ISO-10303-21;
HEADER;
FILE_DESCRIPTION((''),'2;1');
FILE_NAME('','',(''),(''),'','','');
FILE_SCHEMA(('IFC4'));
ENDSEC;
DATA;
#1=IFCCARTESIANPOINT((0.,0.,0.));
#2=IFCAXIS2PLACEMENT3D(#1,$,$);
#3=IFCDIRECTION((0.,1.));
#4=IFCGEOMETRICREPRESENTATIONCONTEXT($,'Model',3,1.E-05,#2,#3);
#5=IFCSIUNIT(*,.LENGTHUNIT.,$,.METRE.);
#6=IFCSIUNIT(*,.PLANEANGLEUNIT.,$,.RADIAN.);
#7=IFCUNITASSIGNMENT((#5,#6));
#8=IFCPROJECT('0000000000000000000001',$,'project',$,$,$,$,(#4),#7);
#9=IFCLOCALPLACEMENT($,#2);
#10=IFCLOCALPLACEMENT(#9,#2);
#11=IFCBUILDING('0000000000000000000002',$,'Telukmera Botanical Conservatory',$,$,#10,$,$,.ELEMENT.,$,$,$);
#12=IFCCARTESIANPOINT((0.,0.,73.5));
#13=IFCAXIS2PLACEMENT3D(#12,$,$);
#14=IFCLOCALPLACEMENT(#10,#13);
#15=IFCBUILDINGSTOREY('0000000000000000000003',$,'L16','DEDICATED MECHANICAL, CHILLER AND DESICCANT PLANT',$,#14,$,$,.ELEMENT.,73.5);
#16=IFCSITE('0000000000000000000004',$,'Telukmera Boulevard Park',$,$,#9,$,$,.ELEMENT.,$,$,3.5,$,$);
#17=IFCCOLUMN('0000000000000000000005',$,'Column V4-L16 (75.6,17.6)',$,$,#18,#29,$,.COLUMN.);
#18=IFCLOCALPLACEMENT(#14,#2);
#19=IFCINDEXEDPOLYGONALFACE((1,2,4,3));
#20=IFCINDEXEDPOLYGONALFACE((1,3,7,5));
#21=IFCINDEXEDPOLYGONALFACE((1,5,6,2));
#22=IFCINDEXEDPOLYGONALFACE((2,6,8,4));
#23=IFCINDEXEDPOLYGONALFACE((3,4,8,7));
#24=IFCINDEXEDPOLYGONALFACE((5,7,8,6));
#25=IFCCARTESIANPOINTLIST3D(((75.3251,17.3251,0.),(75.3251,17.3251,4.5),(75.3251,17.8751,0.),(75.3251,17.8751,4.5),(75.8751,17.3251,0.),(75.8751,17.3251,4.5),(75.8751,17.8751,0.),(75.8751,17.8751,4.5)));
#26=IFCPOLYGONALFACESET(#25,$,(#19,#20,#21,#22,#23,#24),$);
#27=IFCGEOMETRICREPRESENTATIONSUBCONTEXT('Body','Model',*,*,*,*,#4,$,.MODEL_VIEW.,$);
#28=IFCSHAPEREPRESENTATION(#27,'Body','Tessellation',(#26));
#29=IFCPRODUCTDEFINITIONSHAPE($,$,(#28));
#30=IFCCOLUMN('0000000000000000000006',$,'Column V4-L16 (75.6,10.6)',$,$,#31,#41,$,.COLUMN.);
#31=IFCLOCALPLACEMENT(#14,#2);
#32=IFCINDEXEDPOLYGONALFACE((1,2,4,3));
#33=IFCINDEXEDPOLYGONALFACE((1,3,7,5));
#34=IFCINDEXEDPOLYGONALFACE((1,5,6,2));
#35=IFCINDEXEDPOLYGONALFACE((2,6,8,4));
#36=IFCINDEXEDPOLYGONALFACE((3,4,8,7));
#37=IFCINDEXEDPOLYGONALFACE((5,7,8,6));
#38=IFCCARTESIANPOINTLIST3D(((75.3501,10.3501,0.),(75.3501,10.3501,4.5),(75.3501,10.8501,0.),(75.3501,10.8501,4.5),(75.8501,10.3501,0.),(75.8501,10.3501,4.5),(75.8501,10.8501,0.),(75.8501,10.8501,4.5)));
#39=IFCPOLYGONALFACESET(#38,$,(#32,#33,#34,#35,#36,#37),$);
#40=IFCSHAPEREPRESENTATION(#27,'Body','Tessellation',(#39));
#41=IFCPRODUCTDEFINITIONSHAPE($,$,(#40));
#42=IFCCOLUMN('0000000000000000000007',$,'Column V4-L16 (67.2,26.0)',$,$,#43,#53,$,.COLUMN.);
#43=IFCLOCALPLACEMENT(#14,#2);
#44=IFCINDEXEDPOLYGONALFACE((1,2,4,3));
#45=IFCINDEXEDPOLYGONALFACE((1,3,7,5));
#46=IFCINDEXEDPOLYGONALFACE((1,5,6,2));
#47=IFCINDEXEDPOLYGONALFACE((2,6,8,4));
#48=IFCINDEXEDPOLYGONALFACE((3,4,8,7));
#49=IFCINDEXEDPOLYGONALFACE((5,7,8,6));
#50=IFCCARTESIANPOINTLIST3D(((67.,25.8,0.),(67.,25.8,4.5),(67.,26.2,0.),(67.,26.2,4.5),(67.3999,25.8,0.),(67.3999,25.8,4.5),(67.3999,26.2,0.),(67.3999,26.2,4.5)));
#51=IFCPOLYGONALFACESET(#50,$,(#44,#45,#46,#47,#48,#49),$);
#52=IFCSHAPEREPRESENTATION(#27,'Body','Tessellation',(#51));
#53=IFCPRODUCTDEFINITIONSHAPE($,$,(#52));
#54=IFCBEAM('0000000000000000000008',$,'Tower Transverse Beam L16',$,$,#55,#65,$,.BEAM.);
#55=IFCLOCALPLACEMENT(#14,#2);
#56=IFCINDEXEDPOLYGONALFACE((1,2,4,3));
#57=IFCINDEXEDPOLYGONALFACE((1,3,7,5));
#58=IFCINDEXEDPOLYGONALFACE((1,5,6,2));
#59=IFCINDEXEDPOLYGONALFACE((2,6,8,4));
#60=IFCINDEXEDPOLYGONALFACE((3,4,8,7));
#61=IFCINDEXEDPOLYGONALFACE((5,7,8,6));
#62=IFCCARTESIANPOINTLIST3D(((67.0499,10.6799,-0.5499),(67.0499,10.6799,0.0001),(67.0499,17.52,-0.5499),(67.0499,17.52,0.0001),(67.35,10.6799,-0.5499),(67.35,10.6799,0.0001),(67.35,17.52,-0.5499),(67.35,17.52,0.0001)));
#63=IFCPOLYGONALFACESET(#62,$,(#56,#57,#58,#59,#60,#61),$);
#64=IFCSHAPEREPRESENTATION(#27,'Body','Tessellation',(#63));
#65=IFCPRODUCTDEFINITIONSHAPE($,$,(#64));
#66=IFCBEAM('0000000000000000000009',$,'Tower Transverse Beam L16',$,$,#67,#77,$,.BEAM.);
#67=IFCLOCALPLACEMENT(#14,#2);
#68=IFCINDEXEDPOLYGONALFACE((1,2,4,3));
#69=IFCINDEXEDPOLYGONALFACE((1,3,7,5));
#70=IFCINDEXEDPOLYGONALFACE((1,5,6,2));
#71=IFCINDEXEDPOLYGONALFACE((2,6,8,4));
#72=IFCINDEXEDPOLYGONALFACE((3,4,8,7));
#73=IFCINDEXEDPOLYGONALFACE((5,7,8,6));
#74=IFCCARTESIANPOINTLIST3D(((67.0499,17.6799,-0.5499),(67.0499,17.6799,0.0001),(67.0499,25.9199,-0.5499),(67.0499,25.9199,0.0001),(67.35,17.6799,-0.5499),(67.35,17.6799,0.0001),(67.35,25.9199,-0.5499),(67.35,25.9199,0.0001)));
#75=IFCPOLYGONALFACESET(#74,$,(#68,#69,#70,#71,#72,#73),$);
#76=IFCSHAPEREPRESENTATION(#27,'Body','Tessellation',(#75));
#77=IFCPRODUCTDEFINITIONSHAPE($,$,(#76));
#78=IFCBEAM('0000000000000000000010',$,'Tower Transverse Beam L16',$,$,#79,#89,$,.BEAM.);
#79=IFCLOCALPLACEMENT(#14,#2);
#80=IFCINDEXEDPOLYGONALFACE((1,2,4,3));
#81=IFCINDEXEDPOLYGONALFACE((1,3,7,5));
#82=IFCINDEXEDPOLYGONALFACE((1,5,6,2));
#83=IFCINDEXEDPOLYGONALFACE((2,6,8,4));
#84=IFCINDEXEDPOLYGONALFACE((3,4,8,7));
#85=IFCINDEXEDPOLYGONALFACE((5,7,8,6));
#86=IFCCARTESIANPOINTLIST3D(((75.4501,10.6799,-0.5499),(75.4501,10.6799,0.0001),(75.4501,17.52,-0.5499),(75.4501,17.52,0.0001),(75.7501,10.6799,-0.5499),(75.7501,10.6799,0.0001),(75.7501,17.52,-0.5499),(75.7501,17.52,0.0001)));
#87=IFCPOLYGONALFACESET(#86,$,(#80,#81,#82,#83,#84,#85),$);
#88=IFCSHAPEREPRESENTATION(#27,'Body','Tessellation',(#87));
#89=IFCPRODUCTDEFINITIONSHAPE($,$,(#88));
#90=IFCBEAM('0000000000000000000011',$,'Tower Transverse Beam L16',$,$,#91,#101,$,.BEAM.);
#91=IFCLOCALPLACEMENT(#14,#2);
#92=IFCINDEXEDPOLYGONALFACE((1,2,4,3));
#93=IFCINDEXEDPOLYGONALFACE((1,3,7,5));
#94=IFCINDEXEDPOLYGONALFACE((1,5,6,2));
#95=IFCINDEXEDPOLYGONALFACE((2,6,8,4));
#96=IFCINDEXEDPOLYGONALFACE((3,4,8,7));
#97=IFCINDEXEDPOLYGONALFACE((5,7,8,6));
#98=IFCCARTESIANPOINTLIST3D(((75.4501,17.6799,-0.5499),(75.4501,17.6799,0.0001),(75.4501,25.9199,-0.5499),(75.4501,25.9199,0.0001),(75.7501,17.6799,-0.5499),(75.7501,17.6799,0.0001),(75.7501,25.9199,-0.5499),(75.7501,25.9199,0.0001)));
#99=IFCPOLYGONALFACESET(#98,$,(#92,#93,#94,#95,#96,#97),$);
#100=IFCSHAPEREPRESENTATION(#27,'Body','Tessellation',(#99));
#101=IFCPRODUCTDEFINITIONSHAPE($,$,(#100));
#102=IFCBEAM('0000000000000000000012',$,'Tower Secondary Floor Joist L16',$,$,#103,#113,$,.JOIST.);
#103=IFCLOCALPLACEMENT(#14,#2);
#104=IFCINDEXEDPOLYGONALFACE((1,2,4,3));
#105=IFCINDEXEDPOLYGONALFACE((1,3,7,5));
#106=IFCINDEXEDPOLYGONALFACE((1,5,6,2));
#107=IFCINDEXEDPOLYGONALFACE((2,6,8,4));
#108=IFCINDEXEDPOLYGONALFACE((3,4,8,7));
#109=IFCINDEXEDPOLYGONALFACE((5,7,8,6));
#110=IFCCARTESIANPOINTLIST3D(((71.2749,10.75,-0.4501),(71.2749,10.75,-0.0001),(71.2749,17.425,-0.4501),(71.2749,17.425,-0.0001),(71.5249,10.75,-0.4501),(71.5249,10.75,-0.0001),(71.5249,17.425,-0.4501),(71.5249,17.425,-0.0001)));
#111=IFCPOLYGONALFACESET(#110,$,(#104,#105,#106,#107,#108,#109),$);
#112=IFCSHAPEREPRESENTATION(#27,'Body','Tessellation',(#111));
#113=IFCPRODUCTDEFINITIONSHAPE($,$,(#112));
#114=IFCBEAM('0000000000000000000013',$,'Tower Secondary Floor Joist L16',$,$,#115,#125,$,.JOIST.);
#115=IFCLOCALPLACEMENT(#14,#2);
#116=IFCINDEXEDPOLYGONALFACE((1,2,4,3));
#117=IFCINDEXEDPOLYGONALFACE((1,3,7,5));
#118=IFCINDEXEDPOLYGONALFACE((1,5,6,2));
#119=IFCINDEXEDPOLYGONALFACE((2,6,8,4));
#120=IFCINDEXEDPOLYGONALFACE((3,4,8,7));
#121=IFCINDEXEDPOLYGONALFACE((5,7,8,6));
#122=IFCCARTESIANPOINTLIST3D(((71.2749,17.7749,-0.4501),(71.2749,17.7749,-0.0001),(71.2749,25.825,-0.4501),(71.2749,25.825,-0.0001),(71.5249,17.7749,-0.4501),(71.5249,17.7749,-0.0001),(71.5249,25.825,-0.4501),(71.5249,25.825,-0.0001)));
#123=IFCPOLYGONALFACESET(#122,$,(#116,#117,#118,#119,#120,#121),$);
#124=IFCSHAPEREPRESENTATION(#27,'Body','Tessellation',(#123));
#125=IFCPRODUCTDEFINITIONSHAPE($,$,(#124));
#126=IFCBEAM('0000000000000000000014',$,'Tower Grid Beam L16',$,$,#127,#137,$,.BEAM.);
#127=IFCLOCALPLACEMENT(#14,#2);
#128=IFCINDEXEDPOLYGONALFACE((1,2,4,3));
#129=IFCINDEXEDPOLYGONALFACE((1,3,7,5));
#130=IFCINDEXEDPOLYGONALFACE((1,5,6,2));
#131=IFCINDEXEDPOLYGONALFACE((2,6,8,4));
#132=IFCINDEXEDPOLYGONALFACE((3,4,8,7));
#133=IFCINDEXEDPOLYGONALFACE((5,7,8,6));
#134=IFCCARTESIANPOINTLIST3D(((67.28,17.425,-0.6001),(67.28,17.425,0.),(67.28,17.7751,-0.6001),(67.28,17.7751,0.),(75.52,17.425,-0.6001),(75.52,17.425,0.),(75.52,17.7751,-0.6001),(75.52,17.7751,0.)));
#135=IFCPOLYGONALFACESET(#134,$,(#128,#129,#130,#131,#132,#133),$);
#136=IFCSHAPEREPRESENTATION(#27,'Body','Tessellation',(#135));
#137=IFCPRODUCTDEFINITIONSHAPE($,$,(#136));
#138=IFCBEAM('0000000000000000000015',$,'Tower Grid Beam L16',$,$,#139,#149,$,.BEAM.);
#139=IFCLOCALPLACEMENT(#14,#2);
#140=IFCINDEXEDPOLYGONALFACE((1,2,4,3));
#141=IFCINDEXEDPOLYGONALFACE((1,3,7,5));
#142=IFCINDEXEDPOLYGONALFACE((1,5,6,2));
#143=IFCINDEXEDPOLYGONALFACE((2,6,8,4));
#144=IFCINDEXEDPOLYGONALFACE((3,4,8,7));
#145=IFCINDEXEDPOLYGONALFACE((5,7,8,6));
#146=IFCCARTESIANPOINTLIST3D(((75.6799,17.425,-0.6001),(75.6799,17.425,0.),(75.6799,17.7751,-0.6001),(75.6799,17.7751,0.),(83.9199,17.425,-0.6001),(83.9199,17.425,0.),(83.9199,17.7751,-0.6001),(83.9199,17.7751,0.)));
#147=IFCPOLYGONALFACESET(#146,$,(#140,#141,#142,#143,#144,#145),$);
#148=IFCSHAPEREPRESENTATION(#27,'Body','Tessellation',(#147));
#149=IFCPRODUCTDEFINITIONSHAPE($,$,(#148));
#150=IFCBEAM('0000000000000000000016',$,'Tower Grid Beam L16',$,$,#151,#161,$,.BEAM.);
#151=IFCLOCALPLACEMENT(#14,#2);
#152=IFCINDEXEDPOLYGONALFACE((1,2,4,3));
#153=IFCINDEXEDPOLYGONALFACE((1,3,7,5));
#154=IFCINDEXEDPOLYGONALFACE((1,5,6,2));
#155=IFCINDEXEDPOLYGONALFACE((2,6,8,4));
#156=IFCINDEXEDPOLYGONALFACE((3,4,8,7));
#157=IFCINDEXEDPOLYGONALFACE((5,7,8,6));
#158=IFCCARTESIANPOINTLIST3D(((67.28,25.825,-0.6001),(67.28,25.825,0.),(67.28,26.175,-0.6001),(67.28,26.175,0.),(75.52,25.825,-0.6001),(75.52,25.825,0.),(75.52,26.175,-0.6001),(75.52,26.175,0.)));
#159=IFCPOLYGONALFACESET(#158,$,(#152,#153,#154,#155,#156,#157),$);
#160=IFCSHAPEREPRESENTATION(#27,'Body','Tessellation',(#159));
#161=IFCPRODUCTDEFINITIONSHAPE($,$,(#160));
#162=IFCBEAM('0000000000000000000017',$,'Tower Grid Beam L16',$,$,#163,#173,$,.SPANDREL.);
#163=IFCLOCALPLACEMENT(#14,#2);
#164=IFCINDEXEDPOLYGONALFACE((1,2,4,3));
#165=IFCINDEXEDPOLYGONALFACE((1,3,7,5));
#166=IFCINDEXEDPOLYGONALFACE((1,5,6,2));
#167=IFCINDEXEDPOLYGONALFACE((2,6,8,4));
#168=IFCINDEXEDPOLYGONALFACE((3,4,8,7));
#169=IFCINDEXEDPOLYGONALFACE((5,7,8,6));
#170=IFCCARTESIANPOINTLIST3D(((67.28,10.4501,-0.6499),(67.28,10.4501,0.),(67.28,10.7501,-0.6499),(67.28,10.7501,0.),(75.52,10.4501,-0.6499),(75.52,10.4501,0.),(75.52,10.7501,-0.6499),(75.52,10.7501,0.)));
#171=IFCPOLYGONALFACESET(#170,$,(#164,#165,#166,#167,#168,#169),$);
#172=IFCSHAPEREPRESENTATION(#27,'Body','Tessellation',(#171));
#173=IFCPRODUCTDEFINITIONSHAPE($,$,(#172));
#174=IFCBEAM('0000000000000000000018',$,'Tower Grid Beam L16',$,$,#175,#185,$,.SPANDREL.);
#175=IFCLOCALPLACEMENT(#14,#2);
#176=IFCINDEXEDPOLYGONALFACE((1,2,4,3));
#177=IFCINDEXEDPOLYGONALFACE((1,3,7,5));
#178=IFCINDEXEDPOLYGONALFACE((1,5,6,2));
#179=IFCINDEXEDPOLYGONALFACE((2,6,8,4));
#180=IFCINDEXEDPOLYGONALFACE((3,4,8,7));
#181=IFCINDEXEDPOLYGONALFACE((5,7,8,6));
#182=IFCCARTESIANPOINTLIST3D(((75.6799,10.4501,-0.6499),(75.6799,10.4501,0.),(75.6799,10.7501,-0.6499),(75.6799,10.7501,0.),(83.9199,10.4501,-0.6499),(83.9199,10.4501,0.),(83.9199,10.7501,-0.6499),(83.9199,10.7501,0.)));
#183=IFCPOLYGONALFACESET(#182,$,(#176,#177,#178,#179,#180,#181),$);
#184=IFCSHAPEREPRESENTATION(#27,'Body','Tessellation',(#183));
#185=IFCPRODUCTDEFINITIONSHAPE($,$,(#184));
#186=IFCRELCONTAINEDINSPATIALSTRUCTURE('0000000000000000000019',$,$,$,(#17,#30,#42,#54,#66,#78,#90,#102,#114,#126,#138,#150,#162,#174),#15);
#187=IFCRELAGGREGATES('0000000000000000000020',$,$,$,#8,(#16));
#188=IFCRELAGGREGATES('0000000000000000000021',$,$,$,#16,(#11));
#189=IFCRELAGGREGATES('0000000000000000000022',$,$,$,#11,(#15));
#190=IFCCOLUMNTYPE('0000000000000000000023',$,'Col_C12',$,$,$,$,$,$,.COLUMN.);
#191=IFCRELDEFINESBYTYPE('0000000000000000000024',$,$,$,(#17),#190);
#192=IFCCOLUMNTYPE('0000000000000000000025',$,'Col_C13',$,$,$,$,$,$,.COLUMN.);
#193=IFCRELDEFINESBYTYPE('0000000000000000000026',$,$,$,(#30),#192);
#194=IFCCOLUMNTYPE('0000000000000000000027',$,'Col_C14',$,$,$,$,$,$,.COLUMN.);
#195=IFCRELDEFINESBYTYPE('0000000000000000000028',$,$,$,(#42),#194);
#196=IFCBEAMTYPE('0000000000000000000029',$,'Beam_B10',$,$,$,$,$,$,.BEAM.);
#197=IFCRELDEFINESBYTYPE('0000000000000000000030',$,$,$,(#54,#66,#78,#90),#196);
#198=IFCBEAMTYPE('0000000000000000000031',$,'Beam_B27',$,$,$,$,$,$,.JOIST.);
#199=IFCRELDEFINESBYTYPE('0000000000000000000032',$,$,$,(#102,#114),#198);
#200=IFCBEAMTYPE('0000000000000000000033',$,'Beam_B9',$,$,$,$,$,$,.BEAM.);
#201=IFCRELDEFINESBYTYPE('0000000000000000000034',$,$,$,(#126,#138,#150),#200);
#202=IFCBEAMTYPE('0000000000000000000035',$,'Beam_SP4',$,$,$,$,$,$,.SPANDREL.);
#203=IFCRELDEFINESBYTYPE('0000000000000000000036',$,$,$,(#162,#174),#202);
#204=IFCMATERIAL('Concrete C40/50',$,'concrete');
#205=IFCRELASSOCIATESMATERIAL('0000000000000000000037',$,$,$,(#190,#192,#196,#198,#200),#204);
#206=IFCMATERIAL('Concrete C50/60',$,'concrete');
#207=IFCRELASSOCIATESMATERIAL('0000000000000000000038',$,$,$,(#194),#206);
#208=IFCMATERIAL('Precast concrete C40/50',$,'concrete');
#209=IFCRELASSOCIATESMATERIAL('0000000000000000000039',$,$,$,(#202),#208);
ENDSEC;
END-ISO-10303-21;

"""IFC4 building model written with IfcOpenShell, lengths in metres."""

from ifc_helpers import new_model, si_unit, direction, frame, origin, origin_2d, place, context, subcontext, project, spatial, rectangle, extrude, material, material_profile, profile_set, type_object, element, save


model = new_model("IFC4")

# Units and contexts
model_context = context("Model", 3, precision=1e-05, world=origin(), true_north=direction((0.0, 1.0)))
body_context = subcontext(model_context, "Body", "Model", "MODEL_VIEW")
ifc_project = project(units=[si_unit("LENGTHUNIT", "METRE"), si_unit("PLANEANGLEUNIT", "RADIAN")], contexts=[model_context])

# Site, building, storey
site_placement = place(None, origin())
site = spatial("IfcSite", under=ifc_project, at=site_placement, Name="Telukmera Boulevard Park", CompositionType="ELEMENT", RefElevation=3.5)
building_placement = place(site_placement, origin())
building = spatial("IfcBuilding", under=site, at=building_placement, Name="Telukmera Botanical Conservatory", CompositionType="ELEMENT")
storey_placement = place(building_placement, frame((0.0, 0.0, 73.5)))
storey = spatial("IfcBuildingStorey", under=building, at=storey_placement, Name="L16", Description="DEDICATED MECHANICAL, CHILLER AND DESICCANT PLANT", CompositionType="ELEMENT", Elevation=73.5)

# Columns
ifc_material_1 = material(Name="Concrete C40/50", Category="concrete")
ifc_material_profile_1 = material_profile(ifc_material_1, rectangle(XDim=0.55, YDim=0.55, at=origin_2d()), Name="RC 550x550")
ifc_profile_set_1 = profile_set([ifc_material_profile_1], Name="Concrete C40/50")
column_type_1 = type_object("IfcColumnType", Name="Col_C12", PredefinedType="COLUMN", material=ifc_profile_set_1)
column_1_placement = place(storey_placement, frame((75.6001, 17.6001, 0.0), z_axis=(0.0, 0.0, 1.0), x_axis=(1.0, 0.0, 0.0)))
element("IfcColumn", 1, at=column_1_placement, inside=storey, type_object=column_type_1, Name="Column V4-L16 (75.6,17.6)", PredefinedType="COLUMN", context=body_context, shape_type="SweptSolid", body=[
    extrude(rectangle(XDim=0.55, YDim=0.55, at=origin_2d()), origin(), (0.0, 0.0, 1.0), 4.5),
])
ifc_material_profile_2 = material_profile(ifc_material_1, rectangle(XDim=0.5, YDim=0.5, at=origin_2d()), Name="RC 500x500")
ifc_profile_set_2 = profile_set([ifc_material_profile_2], Name="Concrete C40/50")
column_type_2 = type_object("IfcColumnType", Name="Col_C13", PredefinedType="COLUMN", material=ifc_profile_set_2)
column_2_placement = place(storey_placement, frame((75.6001, 10.6001, 0.0), z_axis=(0.0, 0.0, 1.0), x_axis=(1.0, 0.0, 0.0)))
element("IfcColumn", 2, at=column_2_placement, inside=storey, type_object=column_type_2, Name="Column V4-L16 (75.6,10.6)", PredefinedType="COLUMN", context=body_context, shape_type="SweptSolid", body=[
    extrude(rectangle(XDim=0.5, YDim=0.5, at=origin_2d()), origin(), (0.0, 0.0, 1.0), 4.5),
])
ifc_material_2 = material(Name="Concrete C50/60", Category="concrete")
ifc_material_profile_3 = material_profile(ifc_material_2, rectangle(XDim=0.3999, YDim=0.3999, at=origin_2d()), Name="RC 400x400")
ifc_profile_set_3 = profile_set([ifc_material_profile_3], Name="Concrete C50/60")
column_type_3 = type_object("IfcColumnType", Name="Col_C14", PredefinedType="COLUMN", material=ifc_profile_set_3)
column_3_placement = place(storey_placement, frame((67.2, 26.0, 0.0), z_axis=(0.0, 0.0, 1.0), x_axis=(1.0, 0.0, 0.0)))
element("IfcColumn", 3, at=column_3_placement, inside=storey, type_object=column_type_3, Name="Column V4-L16 (67.2,26.0)", PredefinedType="COLUMN", context=body_context, shape_type="SweptSolid", body=[
    extrude(rectangle(XDim=0.3999, YDim=0.3999, at=origin_2d()), origin(), (0.0, 0.0, 1.0), 4.5),
])

# Beams
ifc_material_profile_4 = material_profile(ifc_material_1, rectangle(XDim=0.3, YDim=0.55, at=origin_2d()), Name="RC 300x550")
ifc_profile_set_4 = profile_set([ifc_material_profile_4], Name="Concrete C40/50")
beam_type_1 = type_object("IfcBeamType", Name="Beam_B10", PredefinedType="BEAM", material=ifc_profile_set_4)
beam_1_placement = place(storey_placement, frame((67.2, 10.6799, -0.2749), z_axis=(0.0, 1.0, 0.0), x_axis=(-1.0, 0.0, 0.0)))
element("IfcBeam", 4, at=beam_1_placement, inside=storey, type_object=beam_type_1, Name="Tower Transverse Beam L16", PredefinedType="BEAM", context=body_context, shape_type="SweptSolid", body=[
    extrude(rectangle(XDim=0.3, YDim=0.55, at=origin_2d()), origin(), (0.0, 0.0, 1.0), 6.8401),
])
beam_2_placement = place(storey_placement, frame((67.2, 17.6799, -0.2749), z_axis=(0.0, 1.0, 0.0), x_axis=(-1.0, 0.0, 0.0)))
element("IfcBeam", 5, at=beam_2_placement, inside=storey, type_object=beam_type_1, Name="Tower Transverse Beam L16", PredefinedType="BEAM", context=body_context, shape_type="SweptSolid", body=[
    extrude(rectangle(XDim=0.3, YDim=0.55, at=origin_2d()), origin(), (0.0, 0.0, 1.0), 8.24),
])
beam_3_placement = place(storey_placement, frame((75.6001, 10.6799, -0.2749), z_axis=(0.0, 1.0, 0.0), x_axis=(-1.0, 0.0, 0.0)))
element("IfcBeam", 6, at=beam_3_placement, inside=storey, type_object=beam_type_1, Name="Tower Transverse Beam L16", PredefinedType="BEAM", context=body_context, shape_type="SweptSolid", body=[
    extrude(rectangle(XDim=0.3, YDim=0.55, at=origin_2d()), origin(), (0.0, 0.0, 1.0), 6.8401),
])
beam_4_placement = place(storey_placement, frame((75.6001, 17.6799, -0.2749), z_axis=(0.0, 1.0, 0.0), x_axis=(-1.0, 0.0, 0.0)))
element("IfcBeam", 7, at=beam_4_placement, inside=storey, type_object=beam_type_1, Name="Tower Transverse Beam L16", PredefinedType="BEAM", context=body_context, shape_type="SweptSolid", body=[
    extrude(rectangle(XDim=0.3, YDim=0.55, at=origin_2d()), origin(), (0.0, 0.0, 1.0), 8.24),
])
ifc_material_profile_5 = material_profile(ifc_material_1, rectangle(XDim=0.25, YDim=0.45, at=origin_2d()), Name="RC 250x450")
ifc_profile_set_5 = profile_set([ifc_material_profile_5], Name="Concrete C40/50")
beam_type_2 = type_object("IfcBeamType", Name="Beam_B27", PredefinedType="JOIST", material=ifc_profile_set_5)
beam_5_placement = place(storey_placement, frame((71.3999, 10.75, -0.2251), z_axis=(0.0, 1.0, 0.0), x_axis=(-1.0, 0.0, 0.0)))
element("IfcBeam", 8, at=beam_5_placement, inside=storey, type_object=beam_type_2, Name="Tower Secondary Floor Joist L16", PredefinedType="JOIST", context=body_context, shape_type="SweptSolid", body=[
    extrude(rectangle(XDim=0.25, YDim=0.45, at=origin_2d()), origin(), (0.0, 0.0, 1.0), 6.675),
])
beam_6_placement = place(storey_placement, frame((71.3999, 17.7749, -0.2251), z_axis=(0.0, 1.0, 0.0), x_axis=(-1.0, 0.0, 0.0)))
element("IfcBeam", 9, at=beam_6_placement, inside=storey, type_object=beam_type_2, Name="Tower Secondary Floor Joist L16", PredefinedType="JOIST", context=body_context, shape_type="SweptSolid", body=[
    extrude(rectangle(XDim=0.25, YDim=0.45, at=origin_2d()), origin(), (0.0, 0.0, 1.0), 8.05),
])
ifc_material_profile_6 = material_profile(ifc_material_1, rectangle(XDim=0.3501, YDim=0.6001, at=origin_2d()), Name="RC 350x600")
ifc_profile_set_6 = profile_set([ifc_material_profile_6], Name="Concrete C40/50")
beam_type_3 = type_object("IfcBeamType", Name="Beam_B9", PredefinedType="BEAM", material=ifc_profile_set_6)
for number, where, z_axis, x_axis, name in (
    (10, (67.28, 17.6001, -0.3), (1.0, 0.0, 0.0), (0.0, 1.0, 0.0), "Tower Grid Beam L16"),
    (11, (75.6799, 17.6001, -0.3), (1.0, 0.0, 0.0), (0.0, 1.0, 0.0), "Tower Grid Beam L16"),
    (12, (67.28, 26.0, -0.3), (1.0, 0.0, 0.0), (0.0, 1.0, 0.0), "Tower Grid Beam L16"),
):
    element("IfcBeam", number, at=place(storey_placement, frame(where, z_axis=z_axis, x_axis=x_axis)), inside=storey, type_object=beam_type_3, Name=name, PredefinedType="BEAM", context=body_context, shape_type="SweptSolid", body=[
        extrude(rectangle(XDim=0.3501, YDim=0.6001, at=origin_2d()), origin(), (0.0, 0.0, 1.0), 8.24),
    ])
ifc_material_3 = material(Name="Precast concrete C40/50", Category="concrete")
ifc_material_profile_7 = material_profile(ifc_material_3, rectangle(XDim=0.3, YDim=0.6499, at=origin_2d()), Name="PC 300x650")
ifc_profile_set_7 = profile_set([ifc_material_profile_7], Name="Precast concrete C40/50")
beam_type_4 = type_object("IfcBeamType", Name="Beam_SP4", PredefinedType="SPANDREL", material=ifc_profile_set_7)
for number, where, z_axis, x_axis, name in (
    (13, (67.28, 10.6001, -0.325), (1.0, 0.0, 0.0), (0.0, 1.0, 0.0), "Tower Grid Beam L16"),
    (14, (75.6799, 10.6001, -0.325), (1.0, 0.0, 0.0), (0.0, 1.0, 0.0), "Tower Grid Beam L16"),
):
    element("IfcBeam", number, at=place(storey_placement, frame(where, z_axis=z_axis, x_axis=x_axis)), inside=storey, type_object=beam_type_4, Name=name, PredefinedType="SPANDREL", context=body_context, shape_type="SweptSolid", body=[
        extrude(rectangle(XDim=0.3, YDim=0.6499, at=origin_2d()), origin(), (0.0, 0.0, 1.0), 8.24),
    ])

save(model, "model.ifc")
